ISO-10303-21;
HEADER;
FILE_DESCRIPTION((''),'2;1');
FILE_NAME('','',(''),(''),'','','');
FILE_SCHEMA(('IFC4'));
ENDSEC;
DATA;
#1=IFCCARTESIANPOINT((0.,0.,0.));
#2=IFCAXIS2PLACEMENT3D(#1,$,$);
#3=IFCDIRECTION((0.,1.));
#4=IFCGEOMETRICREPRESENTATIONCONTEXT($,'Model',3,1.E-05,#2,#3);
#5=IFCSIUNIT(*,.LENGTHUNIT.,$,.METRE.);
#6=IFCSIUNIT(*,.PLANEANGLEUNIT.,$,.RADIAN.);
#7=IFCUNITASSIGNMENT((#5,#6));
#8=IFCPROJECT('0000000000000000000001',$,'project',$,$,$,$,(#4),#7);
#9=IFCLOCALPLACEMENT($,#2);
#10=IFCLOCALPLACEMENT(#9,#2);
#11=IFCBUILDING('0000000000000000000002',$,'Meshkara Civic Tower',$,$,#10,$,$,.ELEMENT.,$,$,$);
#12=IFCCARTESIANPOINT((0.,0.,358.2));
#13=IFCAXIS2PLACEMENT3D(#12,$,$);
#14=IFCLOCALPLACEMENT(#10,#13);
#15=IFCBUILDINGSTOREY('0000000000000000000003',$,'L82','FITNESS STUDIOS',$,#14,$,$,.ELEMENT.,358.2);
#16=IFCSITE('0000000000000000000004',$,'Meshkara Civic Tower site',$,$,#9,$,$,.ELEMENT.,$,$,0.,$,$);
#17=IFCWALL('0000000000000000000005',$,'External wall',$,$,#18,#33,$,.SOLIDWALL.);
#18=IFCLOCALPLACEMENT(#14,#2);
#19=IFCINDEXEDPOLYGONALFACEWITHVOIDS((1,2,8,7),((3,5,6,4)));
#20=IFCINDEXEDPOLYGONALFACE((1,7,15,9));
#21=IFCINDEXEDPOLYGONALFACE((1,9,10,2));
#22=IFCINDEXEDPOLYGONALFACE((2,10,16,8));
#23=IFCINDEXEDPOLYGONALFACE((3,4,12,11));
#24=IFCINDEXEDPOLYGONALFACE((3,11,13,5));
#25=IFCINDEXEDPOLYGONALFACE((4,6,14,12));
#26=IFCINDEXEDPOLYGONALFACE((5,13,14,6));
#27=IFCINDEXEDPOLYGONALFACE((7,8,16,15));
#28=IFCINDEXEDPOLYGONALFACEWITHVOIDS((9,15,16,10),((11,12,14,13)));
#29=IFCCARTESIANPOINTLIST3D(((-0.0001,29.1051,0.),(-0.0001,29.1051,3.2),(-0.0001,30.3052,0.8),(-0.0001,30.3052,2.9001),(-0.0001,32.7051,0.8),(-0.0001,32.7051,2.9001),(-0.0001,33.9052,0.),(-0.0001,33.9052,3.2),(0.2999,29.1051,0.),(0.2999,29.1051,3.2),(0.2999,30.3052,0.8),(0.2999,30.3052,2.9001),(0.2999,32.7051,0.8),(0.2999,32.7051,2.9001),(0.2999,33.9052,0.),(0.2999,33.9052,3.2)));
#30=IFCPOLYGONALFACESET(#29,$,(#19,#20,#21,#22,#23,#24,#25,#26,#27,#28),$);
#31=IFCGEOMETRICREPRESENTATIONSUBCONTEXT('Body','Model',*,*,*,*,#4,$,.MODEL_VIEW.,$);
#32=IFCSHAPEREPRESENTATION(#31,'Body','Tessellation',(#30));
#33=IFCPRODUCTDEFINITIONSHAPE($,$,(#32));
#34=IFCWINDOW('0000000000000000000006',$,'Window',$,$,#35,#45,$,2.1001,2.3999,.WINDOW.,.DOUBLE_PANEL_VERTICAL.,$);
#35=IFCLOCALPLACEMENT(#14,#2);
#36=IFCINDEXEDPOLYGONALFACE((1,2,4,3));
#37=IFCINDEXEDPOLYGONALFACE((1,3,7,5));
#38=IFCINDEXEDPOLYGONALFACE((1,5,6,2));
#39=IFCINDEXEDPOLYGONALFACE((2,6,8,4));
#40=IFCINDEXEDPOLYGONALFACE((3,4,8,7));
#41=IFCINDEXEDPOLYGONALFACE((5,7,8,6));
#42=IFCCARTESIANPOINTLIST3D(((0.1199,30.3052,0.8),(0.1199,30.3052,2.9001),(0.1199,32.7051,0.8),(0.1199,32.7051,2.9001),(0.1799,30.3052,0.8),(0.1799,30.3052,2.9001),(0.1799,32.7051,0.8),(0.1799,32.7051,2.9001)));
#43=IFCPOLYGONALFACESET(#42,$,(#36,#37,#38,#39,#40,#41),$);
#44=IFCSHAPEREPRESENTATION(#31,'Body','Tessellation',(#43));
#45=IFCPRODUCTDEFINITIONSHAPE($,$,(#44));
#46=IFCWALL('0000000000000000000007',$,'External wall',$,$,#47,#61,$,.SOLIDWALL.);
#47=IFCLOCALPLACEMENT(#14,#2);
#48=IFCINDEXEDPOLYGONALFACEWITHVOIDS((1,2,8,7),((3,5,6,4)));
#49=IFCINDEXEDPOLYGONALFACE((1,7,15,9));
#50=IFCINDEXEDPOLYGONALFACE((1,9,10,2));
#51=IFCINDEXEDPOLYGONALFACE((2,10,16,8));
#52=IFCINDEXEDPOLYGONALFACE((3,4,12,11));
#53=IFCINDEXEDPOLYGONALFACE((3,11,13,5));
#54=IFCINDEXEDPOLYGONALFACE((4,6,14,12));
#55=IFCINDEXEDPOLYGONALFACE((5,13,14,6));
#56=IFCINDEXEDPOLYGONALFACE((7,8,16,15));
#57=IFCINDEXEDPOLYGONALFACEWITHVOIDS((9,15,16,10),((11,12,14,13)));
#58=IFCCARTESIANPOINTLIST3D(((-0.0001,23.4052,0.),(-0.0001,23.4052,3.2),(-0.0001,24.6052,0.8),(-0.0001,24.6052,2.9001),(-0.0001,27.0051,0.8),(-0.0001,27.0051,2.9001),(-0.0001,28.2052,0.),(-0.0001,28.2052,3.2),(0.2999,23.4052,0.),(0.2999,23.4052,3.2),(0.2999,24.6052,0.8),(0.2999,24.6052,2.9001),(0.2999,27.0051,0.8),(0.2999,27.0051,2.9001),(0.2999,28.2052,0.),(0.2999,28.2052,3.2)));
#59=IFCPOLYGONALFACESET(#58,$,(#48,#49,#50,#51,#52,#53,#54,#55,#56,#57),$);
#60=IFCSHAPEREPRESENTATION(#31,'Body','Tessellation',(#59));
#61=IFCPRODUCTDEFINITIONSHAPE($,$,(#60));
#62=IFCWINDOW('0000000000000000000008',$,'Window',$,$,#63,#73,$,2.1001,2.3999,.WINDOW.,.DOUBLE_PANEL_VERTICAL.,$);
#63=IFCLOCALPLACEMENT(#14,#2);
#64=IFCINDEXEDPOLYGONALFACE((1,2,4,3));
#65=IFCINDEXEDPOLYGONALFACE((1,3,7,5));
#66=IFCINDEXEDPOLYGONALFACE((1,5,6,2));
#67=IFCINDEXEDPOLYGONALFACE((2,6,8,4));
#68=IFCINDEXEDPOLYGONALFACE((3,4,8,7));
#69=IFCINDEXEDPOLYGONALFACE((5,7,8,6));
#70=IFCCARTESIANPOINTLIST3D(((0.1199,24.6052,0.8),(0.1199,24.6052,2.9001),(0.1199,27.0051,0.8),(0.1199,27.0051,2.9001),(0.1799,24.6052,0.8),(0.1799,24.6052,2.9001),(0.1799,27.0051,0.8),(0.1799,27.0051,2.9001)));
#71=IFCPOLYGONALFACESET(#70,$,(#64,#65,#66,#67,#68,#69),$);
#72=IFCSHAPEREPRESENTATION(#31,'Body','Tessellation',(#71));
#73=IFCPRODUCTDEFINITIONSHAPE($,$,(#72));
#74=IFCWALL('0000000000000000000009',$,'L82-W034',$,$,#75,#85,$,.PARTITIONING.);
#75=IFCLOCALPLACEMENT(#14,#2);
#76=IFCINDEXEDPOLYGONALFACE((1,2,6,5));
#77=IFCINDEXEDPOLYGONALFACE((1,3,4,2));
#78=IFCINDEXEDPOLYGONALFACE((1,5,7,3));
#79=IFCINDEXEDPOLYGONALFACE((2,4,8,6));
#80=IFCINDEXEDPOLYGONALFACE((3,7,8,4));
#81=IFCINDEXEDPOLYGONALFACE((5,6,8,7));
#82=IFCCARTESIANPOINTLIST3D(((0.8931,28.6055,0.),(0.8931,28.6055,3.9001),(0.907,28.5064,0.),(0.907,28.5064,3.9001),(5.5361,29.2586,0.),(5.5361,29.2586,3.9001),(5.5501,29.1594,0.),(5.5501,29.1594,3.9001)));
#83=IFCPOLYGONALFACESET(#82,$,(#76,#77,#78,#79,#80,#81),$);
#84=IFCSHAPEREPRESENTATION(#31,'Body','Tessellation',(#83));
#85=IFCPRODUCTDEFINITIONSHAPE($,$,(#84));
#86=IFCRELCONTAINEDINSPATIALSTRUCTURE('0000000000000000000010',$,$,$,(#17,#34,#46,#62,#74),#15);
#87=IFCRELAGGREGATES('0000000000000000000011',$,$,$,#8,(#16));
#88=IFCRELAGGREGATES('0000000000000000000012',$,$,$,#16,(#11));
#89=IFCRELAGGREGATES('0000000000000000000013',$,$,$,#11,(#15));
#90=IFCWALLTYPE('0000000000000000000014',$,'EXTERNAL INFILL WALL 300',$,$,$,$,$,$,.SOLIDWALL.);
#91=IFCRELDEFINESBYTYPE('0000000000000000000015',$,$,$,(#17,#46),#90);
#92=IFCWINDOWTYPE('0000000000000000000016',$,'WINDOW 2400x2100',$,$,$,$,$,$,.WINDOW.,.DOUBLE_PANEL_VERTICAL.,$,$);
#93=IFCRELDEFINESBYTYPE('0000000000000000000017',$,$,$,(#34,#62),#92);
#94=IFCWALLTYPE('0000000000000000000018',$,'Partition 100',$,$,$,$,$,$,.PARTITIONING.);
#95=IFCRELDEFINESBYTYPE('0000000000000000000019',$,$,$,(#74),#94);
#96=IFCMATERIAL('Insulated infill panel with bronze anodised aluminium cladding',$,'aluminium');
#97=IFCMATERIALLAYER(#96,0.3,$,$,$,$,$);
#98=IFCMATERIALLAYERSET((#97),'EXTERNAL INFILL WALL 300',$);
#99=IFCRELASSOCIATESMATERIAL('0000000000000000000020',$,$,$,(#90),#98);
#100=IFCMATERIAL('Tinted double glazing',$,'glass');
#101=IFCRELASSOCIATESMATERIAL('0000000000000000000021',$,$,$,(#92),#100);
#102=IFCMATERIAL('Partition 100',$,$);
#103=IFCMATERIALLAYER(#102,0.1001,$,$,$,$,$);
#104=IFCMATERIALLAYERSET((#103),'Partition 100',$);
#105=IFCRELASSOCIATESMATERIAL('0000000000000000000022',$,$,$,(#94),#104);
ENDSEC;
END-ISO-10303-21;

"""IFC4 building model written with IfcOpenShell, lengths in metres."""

from ifc_helpers import new_model, si_unit, direction, frame, frame_2d, origin, place, context, subcontext, project, spatial, rectangle, extrude, material, layer, layer_set, type_object, element, fill, save


model = new_model("IFC4")

# Units and contexts
model_context = context("Model", 3, precision=1e-05, world=origin(), true_north=direction((0.0, 1.0)))
body_context = subcontext(model_context, "Body", "Model", "MODEL_VIEW")
ifc_project = project(units=[si_unit("LENGTHUNIT", "METRE"), si_unit("PLANEANGLEUNIT", "RADIAN")], contexts=[model_context])

# Site, building, storey
site_placement = place(None, origin())
site = spatial("IfcSite", under=ifc_project, at=site_placement, Name="Meshkara Civic Tower site", CompositionType="ELEMENT", RefElevation=0.0)
building_placement = place(site_placement, origin())
building = spatial("IfcBuilding", under=site, at=building_placement, Name="Meshkara Civic Tower", CompositionType="ELEMENT")
storey_placement = place(building_placement, frame((0.0, 0.0, 358.2)))
storey = spatial("IfcBuildingStorey", under=building, at=storey_placement, Name="L82", Description="FITNESS STUDIOS", CompositionType="ELEMENT", Elevation=358.2)

# Walls, openings, windows
ifc_material_1 = material(Name="Insulated infill panel with bronze anodised aluminium cladding", Category="aluminium")
ifc_layer_1 = layer(ifc_material_1, 0.3)
ifc_layer_set_1 = layer_set([ifc_layer_1], Name="EXTERNAL INFILL WALL 300")
wall_type_1 = type_object("IfcWallType", Name="EXTERNAL INFILL WALL 300", PredefinedType="SOLIDWALL", material=ifc_layer_set_1)
wall_1_placement = place(storey_placement, frame((0.1499, 33.905, 0.0), z_axis=(0.0, 0.0, 1.0), x_axis=(0.0, -1.0, 0.0)))
wall_1 = element("IfcWall", 1, at=wall_1_placement, inside=storey, type_object=wall_type_1, Name="External wall", PredefinedType="SOLIDWALL", context=body_context, shape_type="SweptSolid", body=[
    extrude(rectangle(XDim=4.8, YDim=0.3, at=frame_2d((2.3999, 0.0))), origin(), (0.0, 0.0, 1.0), 3.2),
])
opening_1_placement = place(wall_1_placement, frame((1.2, 0.0, 0.8)))
opening_1 = element("IfcOpeningElement", 2, at=opening_1_placement, cuts=wall_1, PredefinedType="OPENING", context=body_context, shape_type="SweptSolid", body=[
    extrude(rectangle(XDim=2.3999, YDim=2.1001, at=frame_2d((1.2, 1.05))), frame((0.0, 0.1599, 0.0), z_axis=(0.0, -1.0, 0.0), x_axis=(1.0, 0.0, 0.0)), (0.0, 0.0, 1.0), 0.3201),
])
ifc_material_2 = material(Name="Tinted double glazing", Category="glass")
window_type = type_object("IfcWindowType", Name="WINDOW 2400x2100", PartitioningType="DOUBLE_PANEL_VERTICAL", PredefinedType="WINDOW", material=ifc_material_2)
window_1_placement = place(opening_1_placement, origin())
window_1 = element("IfcWindow", 3, at=window_1_placement, inside=storey, type_object=window_type, Name="Window", OverallHeight=2.1001, OverallWidth=2.3999, PartitioningType="DOUBLE_PANEL_VERTICAL", PredefinedType="WINDOW", context=body_context, shape_type="SweptSolid", body=[
    extrude(rectangle(XDim=2.3999, YDim=2.1001, at=frame_2d((1.2, 1.05))), frame((0.0, 0.03, 0.0), z_axis=(0.0, -1.0, 0.0), x_axis=(1.0, 0.0, 0.0)), (0.0, 0.0, 1.0), 0.0601),
])
fill(opening_1, window_1)
wall_2_placement = place(storey_placement, frame((0.1499, 28.2051, 0.0), z_axis=(0.0, 0.0, 1.0), x_axis=(0.0, -1.0, 0.0)))
wall_2 = element("IfcWall", 4, at=wall_2_placement, inside=storey, type_object=wall_type_1, Name="External wall", PredefinedType="SOLIDWALL", context=body_context, shape_type="SweptSolid", body=[
    extrude(rectangle(XDim=4.8, YDim=0.3, at=frame_2d((2.3999, 0.0))), origin(), (0.0, 0.0, 1.0), 3.2),
])
opening_2_placement = place(wall_2_placement, frame((1.2, 0.0, 0.8)))
opening_2 = element("IfcOpeningElement", 5, at=opening_2_placement, cuts=wall_2, PredefinedType="OPENING", context=body_context, shape_type="SweptSolid", body=[
    extrude(rectangle(XDim=2.3999, YDim=2.1001, at=frame_2d((1.2, 1.05))), frame((0.0, 0.1599, 0.0), z_axis=(0.0, -1.0, 0.0), x_axis=(1.0, 0.0, 0.0)), (0.0, 0.0, 1.0), 0.3201),
])
window_2_placement = place(opening_2_placement, origin())
window_2 = element("IfcWindow", 6, at=window_2_placement, inside=storey, type_object=window_type, Name="Window", OverallHeight=2.1001, OverallWidth=2.3999, PartitioningType="DOUBLE_PANEL_VERTICAL", PredefinedType="WINDOW", context=body_context, shape_type="SweptSolid", body=[
    extrude(rectangle(XDim=2.3999, YDim=2.1001, at=frame_2d((1.2, 1.05))), frame((0.0, 0.03, 0.0), z_axis=(0.0, -1.0, 0.0), x_axis=(1.0, 0.0, 0.0)), (0.0, 0.0, 1.0), 0.0601),
])
fill(opening_2, window_2)

# Wall
ifc_material_3 = material(Name="Partition 100")
ifc_layer_2 = layer(ifc_material_3, 0.1001)
ifc_layer_set_2 = layer_set([ifc_layer_2], Name="Partition 100")
wall_type_2 = type_object("IfcWallType", Name="Partition 100", PredefinedType="PARTITIONING", material=ifc_layer_set_2)
wall_3_placement = place(storey_placement, frame((5.543, 29.209, 0.0), z_axis=(0.0, 0.0, 1.0), x_axis=(-0.990252, -0.139285, 0.0)))
element("IfcWall", 7, at=wall_3_placement, inside=storey, type_object=wall_type_2, Name="L82-W034", PredefinedType="PARTITIONING", context=body_context, shape_type="SweptSolid", body=[
    extrude(rectangle(XDim=4.6887, YDim=0.1001, at=frame_2d((2.3442, 0.0))), origin(), (0.0, 0.0, 1.0), 3.9001),
])

save(model, "model.ifc")
